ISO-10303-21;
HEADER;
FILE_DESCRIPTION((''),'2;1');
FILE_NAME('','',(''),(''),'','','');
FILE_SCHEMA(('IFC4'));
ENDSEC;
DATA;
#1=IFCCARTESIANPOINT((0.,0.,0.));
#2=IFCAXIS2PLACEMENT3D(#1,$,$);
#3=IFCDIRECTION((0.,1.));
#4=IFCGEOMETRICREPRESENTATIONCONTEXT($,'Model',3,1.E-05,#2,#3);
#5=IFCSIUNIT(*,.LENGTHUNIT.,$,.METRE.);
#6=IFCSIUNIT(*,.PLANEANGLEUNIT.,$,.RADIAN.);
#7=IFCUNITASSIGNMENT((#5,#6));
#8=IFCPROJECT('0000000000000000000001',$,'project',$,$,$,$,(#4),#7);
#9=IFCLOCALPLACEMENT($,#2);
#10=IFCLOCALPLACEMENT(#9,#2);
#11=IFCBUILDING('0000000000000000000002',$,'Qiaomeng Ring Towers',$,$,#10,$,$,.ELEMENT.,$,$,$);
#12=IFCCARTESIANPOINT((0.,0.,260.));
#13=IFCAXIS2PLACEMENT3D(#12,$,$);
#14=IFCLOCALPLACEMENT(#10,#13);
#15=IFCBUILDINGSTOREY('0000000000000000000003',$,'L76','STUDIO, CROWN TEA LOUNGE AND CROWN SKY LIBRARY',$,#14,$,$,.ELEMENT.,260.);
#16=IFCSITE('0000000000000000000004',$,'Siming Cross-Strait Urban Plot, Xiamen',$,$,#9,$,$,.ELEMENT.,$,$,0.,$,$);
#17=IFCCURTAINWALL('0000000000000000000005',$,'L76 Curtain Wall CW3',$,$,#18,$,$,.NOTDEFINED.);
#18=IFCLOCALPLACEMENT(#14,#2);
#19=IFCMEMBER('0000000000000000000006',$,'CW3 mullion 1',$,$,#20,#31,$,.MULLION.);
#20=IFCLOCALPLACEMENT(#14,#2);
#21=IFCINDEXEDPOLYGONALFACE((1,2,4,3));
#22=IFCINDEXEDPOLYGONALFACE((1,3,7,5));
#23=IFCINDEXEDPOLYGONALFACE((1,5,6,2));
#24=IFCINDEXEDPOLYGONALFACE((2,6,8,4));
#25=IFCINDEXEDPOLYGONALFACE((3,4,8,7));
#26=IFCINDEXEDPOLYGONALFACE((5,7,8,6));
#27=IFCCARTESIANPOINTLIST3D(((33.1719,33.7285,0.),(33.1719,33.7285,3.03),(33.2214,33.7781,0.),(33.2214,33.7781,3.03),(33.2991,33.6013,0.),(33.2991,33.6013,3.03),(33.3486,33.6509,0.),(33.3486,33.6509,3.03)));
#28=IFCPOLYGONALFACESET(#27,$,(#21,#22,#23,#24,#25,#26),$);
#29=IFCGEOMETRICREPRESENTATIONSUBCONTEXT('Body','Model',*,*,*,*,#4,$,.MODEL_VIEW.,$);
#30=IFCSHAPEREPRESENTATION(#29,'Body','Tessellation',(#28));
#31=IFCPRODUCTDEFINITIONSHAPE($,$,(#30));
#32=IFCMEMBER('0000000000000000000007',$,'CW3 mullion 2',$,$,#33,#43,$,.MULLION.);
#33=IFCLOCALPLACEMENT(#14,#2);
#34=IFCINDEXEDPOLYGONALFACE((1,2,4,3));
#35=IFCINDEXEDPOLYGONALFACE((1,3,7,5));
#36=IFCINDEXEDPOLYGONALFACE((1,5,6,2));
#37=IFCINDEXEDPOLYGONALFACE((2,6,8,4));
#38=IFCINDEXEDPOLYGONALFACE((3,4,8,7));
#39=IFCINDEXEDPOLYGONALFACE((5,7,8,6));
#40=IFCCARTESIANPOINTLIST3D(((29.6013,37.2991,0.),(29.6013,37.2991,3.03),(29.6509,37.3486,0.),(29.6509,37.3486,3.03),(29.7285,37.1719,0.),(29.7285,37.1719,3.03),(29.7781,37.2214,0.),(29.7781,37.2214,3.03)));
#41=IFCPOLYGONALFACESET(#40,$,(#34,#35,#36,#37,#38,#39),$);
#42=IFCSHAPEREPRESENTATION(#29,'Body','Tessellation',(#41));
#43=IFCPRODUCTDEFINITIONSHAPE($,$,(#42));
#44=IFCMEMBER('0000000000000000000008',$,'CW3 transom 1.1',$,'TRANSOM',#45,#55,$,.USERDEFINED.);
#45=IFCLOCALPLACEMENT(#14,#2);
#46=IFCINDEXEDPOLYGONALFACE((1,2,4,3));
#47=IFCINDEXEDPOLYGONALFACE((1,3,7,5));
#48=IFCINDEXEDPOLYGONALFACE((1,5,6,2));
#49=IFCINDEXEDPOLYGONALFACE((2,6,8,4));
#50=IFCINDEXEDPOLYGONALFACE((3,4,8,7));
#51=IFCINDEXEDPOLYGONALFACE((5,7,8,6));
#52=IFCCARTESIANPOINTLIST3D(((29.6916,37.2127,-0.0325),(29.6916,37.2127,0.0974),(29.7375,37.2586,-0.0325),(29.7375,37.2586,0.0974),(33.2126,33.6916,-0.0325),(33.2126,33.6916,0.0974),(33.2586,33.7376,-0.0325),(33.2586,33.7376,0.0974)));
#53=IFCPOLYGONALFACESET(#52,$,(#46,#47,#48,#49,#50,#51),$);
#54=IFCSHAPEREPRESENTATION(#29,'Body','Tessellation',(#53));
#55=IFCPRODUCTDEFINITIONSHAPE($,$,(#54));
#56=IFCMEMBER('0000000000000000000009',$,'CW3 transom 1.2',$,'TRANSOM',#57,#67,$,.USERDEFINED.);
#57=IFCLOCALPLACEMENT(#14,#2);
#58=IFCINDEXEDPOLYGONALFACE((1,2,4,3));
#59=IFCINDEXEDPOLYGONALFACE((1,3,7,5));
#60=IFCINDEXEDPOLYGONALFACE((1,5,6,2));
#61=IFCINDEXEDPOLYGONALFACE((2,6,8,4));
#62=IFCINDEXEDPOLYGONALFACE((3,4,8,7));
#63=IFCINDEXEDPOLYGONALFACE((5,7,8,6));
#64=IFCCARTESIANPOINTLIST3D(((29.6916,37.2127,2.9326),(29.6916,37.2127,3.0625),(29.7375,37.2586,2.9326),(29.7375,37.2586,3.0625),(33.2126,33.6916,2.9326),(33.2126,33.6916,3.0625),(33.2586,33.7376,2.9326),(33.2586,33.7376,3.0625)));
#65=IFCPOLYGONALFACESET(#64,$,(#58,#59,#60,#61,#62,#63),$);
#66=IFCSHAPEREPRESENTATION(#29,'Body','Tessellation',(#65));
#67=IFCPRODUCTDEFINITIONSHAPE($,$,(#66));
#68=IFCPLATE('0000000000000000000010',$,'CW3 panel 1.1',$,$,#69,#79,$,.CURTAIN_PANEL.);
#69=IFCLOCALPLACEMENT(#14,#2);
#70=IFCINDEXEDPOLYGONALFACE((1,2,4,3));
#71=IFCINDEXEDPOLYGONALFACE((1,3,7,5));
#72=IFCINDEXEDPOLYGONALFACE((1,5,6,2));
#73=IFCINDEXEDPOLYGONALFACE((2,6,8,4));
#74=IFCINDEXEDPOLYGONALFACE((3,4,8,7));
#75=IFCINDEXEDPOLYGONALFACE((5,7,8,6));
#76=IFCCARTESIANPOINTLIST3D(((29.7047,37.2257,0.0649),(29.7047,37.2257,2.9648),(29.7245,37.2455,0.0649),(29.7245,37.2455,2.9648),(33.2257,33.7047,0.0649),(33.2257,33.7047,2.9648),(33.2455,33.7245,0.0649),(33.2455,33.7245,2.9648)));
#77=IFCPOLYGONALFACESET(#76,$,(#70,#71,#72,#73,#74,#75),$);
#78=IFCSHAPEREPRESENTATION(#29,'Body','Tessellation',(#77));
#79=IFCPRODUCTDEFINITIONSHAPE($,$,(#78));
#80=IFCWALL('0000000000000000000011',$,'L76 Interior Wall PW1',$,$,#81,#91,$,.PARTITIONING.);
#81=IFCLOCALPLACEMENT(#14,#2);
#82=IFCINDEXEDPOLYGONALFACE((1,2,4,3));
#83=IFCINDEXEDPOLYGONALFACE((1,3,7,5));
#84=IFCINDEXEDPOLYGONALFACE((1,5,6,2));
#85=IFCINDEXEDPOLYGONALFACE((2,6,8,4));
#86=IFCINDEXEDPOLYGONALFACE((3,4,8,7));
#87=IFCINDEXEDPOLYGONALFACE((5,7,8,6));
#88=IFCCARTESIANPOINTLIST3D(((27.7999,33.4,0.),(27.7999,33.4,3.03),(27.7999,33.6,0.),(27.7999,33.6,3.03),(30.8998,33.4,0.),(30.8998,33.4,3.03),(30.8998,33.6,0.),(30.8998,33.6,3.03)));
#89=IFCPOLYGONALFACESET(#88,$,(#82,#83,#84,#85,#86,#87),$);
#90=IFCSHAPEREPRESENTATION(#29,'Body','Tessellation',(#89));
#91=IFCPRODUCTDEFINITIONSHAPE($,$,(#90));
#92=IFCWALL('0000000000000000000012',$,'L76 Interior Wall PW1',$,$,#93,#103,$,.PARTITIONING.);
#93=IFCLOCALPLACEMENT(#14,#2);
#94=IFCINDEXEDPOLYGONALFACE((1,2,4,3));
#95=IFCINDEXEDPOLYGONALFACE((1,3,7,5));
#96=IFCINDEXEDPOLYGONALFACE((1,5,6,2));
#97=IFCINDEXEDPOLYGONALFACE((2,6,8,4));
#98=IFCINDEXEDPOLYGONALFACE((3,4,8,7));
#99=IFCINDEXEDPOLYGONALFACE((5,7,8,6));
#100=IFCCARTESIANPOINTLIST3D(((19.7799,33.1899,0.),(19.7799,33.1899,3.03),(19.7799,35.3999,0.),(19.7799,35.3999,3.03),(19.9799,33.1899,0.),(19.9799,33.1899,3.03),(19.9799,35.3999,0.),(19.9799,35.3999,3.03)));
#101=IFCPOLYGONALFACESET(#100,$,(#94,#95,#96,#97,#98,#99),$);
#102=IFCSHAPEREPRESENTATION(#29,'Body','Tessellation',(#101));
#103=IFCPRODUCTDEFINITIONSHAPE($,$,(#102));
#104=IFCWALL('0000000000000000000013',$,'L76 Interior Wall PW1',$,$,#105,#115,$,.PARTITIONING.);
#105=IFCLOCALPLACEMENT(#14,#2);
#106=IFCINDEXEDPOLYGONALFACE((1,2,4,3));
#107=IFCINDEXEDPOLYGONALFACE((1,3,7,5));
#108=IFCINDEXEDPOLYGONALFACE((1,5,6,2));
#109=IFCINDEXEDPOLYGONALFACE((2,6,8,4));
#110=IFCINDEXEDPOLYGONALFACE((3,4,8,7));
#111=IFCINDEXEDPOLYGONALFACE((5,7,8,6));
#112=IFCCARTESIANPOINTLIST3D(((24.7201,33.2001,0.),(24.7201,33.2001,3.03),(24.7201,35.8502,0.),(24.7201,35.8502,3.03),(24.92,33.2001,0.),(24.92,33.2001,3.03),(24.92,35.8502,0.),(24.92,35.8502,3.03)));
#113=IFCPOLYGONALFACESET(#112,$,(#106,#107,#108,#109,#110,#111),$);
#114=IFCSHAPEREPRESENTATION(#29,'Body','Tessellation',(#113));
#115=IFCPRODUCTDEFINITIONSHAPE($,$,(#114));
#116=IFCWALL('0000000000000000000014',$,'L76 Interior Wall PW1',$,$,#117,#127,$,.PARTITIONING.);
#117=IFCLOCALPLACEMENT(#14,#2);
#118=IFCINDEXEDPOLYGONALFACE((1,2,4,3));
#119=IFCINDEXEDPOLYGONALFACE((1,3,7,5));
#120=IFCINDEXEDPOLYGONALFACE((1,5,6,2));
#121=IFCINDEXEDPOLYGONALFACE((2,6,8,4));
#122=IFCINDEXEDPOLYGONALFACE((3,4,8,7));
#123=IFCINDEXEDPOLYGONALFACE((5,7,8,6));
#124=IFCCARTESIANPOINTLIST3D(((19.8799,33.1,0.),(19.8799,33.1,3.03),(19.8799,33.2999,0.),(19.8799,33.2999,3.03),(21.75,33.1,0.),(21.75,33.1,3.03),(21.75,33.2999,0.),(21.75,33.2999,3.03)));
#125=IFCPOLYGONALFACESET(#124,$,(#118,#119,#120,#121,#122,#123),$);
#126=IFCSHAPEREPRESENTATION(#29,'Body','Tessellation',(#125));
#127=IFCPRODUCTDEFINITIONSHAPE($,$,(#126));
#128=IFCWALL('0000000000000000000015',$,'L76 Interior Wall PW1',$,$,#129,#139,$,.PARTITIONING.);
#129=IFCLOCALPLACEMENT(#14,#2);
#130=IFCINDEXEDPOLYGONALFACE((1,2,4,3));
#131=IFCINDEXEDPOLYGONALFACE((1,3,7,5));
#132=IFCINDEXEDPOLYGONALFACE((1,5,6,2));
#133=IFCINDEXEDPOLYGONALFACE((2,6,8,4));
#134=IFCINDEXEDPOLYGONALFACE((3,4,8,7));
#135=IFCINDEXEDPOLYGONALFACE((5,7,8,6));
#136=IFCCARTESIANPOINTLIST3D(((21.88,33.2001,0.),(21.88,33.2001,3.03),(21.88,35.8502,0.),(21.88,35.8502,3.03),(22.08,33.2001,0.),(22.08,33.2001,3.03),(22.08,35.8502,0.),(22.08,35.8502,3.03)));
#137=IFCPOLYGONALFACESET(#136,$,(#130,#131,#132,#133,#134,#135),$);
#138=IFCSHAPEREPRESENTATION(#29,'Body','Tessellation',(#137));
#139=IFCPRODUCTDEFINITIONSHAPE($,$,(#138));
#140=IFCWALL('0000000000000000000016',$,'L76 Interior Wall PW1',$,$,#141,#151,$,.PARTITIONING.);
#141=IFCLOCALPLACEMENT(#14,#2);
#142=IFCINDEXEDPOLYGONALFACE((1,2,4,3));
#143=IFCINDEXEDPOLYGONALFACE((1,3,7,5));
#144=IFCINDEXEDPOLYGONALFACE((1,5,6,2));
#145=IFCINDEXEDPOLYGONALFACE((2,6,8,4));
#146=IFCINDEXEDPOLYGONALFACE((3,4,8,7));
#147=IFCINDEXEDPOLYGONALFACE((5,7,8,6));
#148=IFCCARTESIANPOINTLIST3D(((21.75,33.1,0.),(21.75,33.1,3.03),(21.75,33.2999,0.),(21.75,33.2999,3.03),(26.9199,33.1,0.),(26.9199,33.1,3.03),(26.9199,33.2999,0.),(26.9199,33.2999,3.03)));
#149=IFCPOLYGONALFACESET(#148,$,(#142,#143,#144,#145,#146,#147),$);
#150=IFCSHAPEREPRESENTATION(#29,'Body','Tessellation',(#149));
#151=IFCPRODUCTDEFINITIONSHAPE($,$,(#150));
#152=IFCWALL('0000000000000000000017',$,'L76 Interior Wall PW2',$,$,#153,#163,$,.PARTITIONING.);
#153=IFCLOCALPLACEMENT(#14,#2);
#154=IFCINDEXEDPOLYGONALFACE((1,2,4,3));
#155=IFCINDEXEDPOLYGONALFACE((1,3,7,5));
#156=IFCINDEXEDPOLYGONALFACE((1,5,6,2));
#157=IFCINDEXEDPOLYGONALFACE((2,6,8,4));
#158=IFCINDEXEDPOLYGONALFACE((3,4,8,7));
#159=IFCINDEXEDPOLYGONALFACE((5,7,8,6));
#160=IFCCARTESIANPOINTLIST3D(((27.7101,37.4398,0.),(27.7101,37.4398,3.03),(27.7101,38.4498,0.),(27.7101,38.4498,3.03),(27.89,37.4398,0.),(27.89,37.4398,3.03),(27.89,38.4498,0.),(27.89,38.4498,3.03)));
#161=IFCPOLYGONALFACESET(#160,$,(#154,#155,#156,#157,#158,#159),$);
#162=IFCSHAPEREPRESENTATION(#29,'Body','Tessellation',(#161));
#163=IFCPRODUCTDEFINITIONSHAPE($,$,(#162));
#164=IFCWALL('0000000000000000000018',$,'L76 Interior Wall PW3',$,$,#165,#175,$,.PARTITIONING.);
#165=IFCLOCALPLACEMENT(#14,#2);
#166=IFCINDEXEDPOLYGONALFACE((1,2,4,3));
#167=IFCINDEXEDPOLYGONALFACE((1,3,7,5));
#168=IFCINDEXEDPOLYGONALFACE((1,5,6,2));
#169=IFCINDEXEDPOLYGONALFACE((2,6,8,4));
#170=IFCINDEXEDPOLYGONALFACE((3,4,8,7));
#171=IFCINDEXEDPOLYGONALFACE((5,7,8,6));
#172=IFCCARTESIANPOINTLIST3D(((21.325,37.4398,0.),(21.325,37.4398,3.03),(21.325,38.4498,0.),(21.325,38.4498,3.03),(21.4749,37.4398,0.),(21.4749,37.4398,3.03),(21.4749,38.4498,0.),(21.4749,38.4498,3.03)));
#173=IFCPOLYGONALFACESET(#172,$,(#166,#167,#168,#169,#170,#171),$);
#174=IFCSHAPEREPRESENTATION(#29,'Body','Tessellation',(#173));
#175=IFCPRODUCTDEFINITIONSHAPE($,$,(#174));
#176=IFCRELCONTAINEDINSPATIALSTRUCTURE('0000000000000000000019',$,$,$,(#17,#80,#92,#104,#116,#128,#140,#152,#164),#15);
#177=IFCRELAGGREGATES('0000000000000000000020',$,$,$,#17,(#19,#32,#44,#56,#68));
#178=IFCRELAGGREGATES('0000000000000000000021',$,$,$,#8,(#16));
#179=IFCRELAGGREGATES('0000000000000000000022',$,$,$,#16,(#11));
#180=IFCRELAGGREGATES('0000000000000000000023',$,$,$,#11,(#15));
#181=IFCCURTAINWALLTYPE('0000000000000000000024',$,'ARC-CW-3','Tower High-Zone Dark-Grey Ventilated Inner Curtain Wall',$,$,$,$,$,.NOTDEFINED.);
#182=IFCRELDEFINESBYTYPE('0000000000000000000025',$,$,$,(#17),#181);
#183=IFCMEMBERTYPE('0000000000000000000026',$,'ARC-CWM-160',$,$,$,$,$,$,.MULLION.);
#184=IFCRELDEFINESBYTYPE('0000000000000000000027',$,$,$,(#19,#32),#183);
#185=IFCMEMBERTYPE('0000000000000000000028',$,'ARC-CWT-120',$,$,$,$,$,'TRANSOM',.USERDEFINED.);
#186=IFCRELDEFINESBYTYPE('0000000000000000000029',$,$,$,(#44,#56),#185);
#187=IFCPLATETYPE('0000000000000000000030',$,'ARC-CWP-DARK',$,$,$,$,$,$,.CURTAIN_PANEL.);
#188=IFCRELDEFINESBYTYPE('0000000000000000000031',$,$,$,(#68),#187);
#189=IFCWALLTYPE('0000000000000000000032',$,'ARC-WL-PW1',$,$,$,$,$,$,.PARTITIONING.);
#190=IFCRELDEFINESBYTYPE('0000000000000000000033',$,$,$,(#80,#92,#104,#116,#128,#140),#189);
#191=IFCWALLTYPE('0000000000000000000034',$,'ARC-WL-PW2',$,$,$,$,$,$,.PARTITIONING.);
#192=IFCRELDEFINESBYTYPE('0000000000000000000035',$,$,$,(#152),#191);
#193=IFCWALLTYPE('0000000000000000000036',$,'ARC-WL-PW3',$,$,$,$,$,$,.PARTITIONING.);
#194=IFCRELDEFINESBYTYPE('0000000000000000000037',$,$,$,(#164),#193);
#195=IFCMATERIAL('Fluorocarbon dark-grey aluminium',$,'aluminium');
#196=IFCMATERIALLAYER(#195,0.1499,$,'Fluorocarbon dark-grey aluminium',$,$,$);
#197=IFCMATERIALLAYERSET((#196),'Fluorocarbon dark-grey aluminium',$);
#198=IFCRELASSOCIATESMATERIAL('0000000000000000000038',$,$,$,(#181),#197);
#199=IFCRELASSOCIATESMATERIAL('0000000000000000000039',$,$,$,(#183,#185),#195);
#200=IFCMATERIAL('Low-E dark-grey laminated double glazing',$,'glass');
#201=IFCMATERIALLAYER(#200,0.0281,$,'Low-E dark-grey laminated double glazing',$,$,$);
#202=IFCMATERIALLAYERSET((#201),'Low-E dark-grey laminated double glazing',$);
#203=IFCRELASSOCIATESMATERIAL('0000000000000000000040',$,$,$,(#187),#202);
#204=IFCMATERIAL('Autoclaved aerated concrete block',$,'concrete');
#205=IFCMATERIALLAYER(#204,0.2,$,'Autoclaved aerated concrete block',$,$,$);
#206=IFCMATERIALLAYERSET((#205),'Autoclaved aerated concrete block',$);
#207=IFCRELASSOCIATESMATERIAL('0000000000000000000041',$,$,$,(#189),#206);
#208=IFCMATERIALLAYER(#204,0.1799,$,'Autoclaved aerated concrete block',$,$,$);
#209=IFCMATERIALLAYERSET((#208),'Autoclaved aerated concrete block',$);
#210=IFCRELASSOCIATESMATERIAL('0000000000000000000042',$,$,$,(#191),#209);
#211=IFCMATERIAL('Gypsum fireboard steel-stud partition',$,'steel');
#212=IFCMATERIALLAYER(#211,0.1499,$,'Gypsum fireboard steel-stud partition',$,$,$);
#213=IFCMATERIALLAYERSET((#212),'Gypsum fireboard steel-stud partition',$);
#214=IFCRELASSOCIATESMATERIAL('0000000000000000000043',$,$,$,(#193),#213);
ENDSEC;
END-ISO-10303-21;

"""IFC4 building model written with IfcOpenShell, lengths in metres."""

from ifc_helpers import new_model, si_unit, direction, frame, frame_2d, origin, origin_2d, place, context, subcontext, project, spatial, rectangle, extrude, source, transform, mapped, material, layer, layer_set, material_profile, profile_set, type_object, element, aggregate, save


model = new_model("IFC4")

# Units and contexts
model_context = context("Model", 3, precision=1e-05, world=origin(), true_north=direction((0.0, 1.0)))
body_context = subcontext(model_context, "Body", "Model", "MODEL_VIEW")
ifc_project = project(units=[si_unit("LENGTHUNIT", "METRE"), si_unit("PLANEANGLEUNIT", "RADIAN")], contexts=[model_context])

# Site, building, storey
site_placement = place(None, origin())
site = spatial("IfcSite", under=ifc_project, at=site_placement, Name="Siming Cross-Strait Urban Plot, Xiamen", CompositionType="ELEMENT", RefElevation=0.0)
building_placement = place(site_placement, origin())
building = spatial("IfcBuilding", under=site, at=building_placement, Name="Qiaomeng Ring Towers", CompositionType="ELEMENT")
storey_placement = place(building_placement, frame((0.0, 0.0, 260.0)))
storey = spatial("IfcBuildingStorey", under=building, at=storey_placement, Name="L76", Description="STUDIO, CROWN TEA LOUNGE AND CROWN SKY LIBRARY", CompositionType="ELEMENT", Elevation=260.0)

# Curtain wall, members, plate
ifc_material_1 = material(Name="Fluorocarbon dark-grey aluminium", Category="aluminium")
ifc_layer_1 = layer(ifc_material_1, 0.1499, Name="Fluorocarbon dark-grey aluminium")
ifc_layer_set_1 = layer_set([ifc_layer_1], Name="Fluorocarbon dark-grey aluminium")
curtain_wall_type = type_object("IfcCurtainWallType", Name="ARC-CW-3", Description="Tower High-Zone Dark-Grey Ventilated Inner Curtain Wall", PredefinedType="NOTDEFINED", material=ifc_layer_set_1)
curtain_wall_placement = place(storey_placement, origin())
curtain_wall = element("IfcCurtainWall", 1, at=curtain_wall_placement, inside=storey, type_object=curtain_wall_type, Name="L76 Curtain Wall CW3", PredefinedType="NOTDEFINED")
ifc_material_profile_1 = material_profile(ifc_material_1, rectangle(XDim=0.0701, YDim=0.1799, at=origin_2d()), Name="ALU MULL 70x180")
ifc_profile_set_1 = profile_set([ifc_material_profile_1], Name="Fluorocarbon dark-grey aluminium")
member_type_1 = type_object("IfcMemberType", Name="ARC-CWM-160", PredefinedType="MULLION", material=ifc_profile_set_1)
shared_shape_1 = source(origin(), body_context, "Body", "SweptSolid", [
    extrude(rectangle(XDim=0.0701, YDim=0.1799, at=origin_2d()), origin(), (0.0, 0.0, 1.0), 3.03),
])
member_1_placement = place(storey_placement, frame((33.2603, 33.6897, 0.0), z_axis=(0.0, 0.0, 1.0), x_axis=(-0.707107, -0.707107, 0.0)))
member_1 = element("IfcMember", 2, at=member_1_placement, type_object=member_type_1, Name="CW3 mullion 1", PredefinedType="MULLION", context=body_context, shape_type="MappedRepresentation", body=[
    mapped(shared_shape_1, transform((0.0, 0.0, 0.0), x_axis=(1.0, 0.0, 0.0), y_axis=(0.0, 1.0, 0.0), z_axis=(0.0, 0.0, 1.0), scale=1.0)),
])
member_2_placement = place(storey_placement, frame((29.6897, 37.2603, 0.0), z_axis=(0.0, 0.0, 1.0), x_axis=(-0.707107, -0.707107, 0.0)))
member_2 = element("IfcMember", 3, at=member_2_placement, type_object=member_type_1, Name="CW3 mullion 2", PredefinedType="MULLION", context=body_context, shape_type="MappedRepresentation", body=[
    mapped(shared_shape_1, transform((0.0, 0.0, 0.0), x_axis=(1.0, 0.0, 0.0), y_axis=(0.0, 1.0, 0.0), z_axis=(0.0, 0.0, 1.0), scale=1.0)),
])
ifc_material_profile_2 = material_profile(ifc_material_1, rectangle(XDim=0.0649, YDim=0.1299, at=origin_2d()), Name="ALU TRAN 65x130")
ifc_profile_set_2 = profile_set([ifc_material_profile_2], Name="Fluorocarbon dark-grey aluminium")
member_type_2 = type_object("IfcMemberType", Name="ARC-CWT-120", ElementType="TRANSOM", PredefinedType="USERDEFINED", material=ifc_profile_set_2)
shared_shape_2 = source(origin(), body_context, "Body", "SweptSolid", [
    extrude(rectangle(XDim=0.0649, YDim=0.1299, at=origin_2d()), origin(), (0.0, 0.0, 1.0), 4.9795),
])
member_3_placement = place(storey_placement, frame((33.2356, 33.7146, 0.0325), z_axis=(-0.707107, 0.707107, 0.0), x_axis=(-0.707107, -0.707107, 0.0)))
member_3 = element("IfcMember", 4, at=member_3_placement, type_object=member_type_2, Name="CW3 transom 1.1", ObjectType="TRANSOM", PredefinedType="USERDEFINED", context=body_context, shape_type="MappedRepresentation", body=[
    mapped(shared_shape_2, transform((0.0, 0.0, 0.0), x_axis=(1.0, 0.0, 0.0), y_axis=(0.0, 1.0, 0.0), z_axis=(0.0, 0.0, 1.0), scale=1.0)),
])
member_4_placement = place(storey_placement, frame((33.2356, 33.7146, 2.9976), z_axis=(-0.707107, 0.707107, 0.0), x_axis=(-0.707107, -0.707107, 0.0)))
member_4 = element("IfcMember", 5, at=member_4_placement, type_object=member_type_2, Name="CW3 transom 1.2", ObjectType="TRANSOM", PredefinedType="USERDEFINED", context=body_context, shape_type="MappedRepresentation", body=[
    mapped(shared_shape_2, transform((0.0, 0.0, 0.0), x_axis=(1.0, 0.0, 0.0), y_axis=(0.0, 1.0, 0.0), z_axis=(0.0, 0.0, 1.0), scale=1.0)),
])
ifc_material_2 = material(Name="Low-E dark-grey laminated double glazing", Category="glass")
ifc_layer_2 = layer(ifc_material_2, 0.0281, Name="Low-E dark-grey laminated double glazing")
ifc_layer_set_2 = layer_set([ifc_layer_2], Name="Low-E dark-grey laminated double glazing")
plate_type = type_object("IfcPlateType", Name="ARC-CWP-DARK", PredefinedType="CURTAIN_PANEL", material=ifc_layer_set_2)
shared_shape_3 = source(origin(), body_context, "Body", "SweptSolid", [
    extrude(rectangle(XDim=4.9795, YDim=0.0281, at=origin_2d()), origin(), (0.0, 0.0, 1.0), 2.8999),
])
plate_placement = place(storey_placement, frame((31.4751, 35.4751, 0.0649), z_axis=(0.0, 0.0, 1.0), x_axis=(-0.707107, 0.707107, 0.0)))
plate = element("IfcPlate", 6, at=plate_placement, type_object=plate_type, Name="CW3 panel 1.1", PredefinedType="CURTAIN_PANEL", context=body_context, shape_type="MappedRepresentation", body=[
    mapped(shared_shape_3, transform((0.0, 0.0, 0.0), x_axis=(1.0, 0.0, 0.0), y_axis=(0.0, 1.0, 0.0), z_axis=(0.0, 0.0, 1.0), scale=1.0)),
])
aggregate(curtain_wall, [member_1, member_2, member_3, member_4, plate])

# Walls
ifc_material_3 = material(Name="Autoclaved aerated concrete block", Category="concrete")
ifc_layer_3 = layer(ifc_material_3, 0.2, Name="Autoclaved aerated concrete block")
ifc_layer_set_3 = layer_set([ifc_layer_3], Name="Autoclaved aerated concrete block")
wall_type_1 = type_object("IfcWallType", Name="ARC-WL-PW1", PredefinedType="PARTITIONING", material=ifc_layer_set_3)
wall_1_placement = place(storey_placement, frame((27.8, 33.5, 0.0), z_axis=(0.0, 0.0, 1.0), x_axis=(1.0, 0.0, 0.0)))
element("IfcWall", 7, at=wall_1_placement, inside=storey, type_object=wall_type_1, Name="L76 Interior Wall PW1", PredefinedType="PARTITIONING", context=body_context, shape_type="SweptSolid", body=[
    extrude(rectangle(XDim=3.0999, YDim=0.2, at=frame_2d((1.5498, 0.0))), origin(), (0.0, 0.0, 1.0), 3.03),
])
wall_2_placement = place(storey_placement, frame((19.8799, 33.1899, 0.0), z_axis=(0.0, 0.0, 1.0), x_axis=(0.0, 1.0, 0.0)))
element("IfcWall", 8, at=wall_2_placement, inside=storey, type_object=wall_type_1, Name="L76 Interior Wall PW1", PredefinedType="PARTITIONING", context=body_context, shape_type="SweptSolid", body=[
    extrude(rectangle(XDim=2.21, YDim=0.2, at=frame_2d((1.105, 0.0))), origin(), (0.0, 0.0, 1.0), 3.03),
])
wall_3_placement = place(storey_placement, frame((24.8201, 33.2, 0.0), z_axis=(0.0, 0.0, 1.0), x_axis=(0.0, 1.0, 0.0)))
element("IfcWall", 9, at=wall_3_placement, inside=storey, type_object=wall_type_1, Name="L76 Interior Wall PW1", PredefinedType="PARTITIONING", context=body_context, shape_type="SweptSolid", body=[
    extrude(rectangle(XDim=2.6501, YDim=0.2, at=frame_2d((1.3252, 0.0))), origin(), (0.0, 0.0, 1.0), 3.03),
])
wall_4_placement = place(storey_placement, frame((19.8799, 33.2, 0.0), z_axis=(0.0, 0.0, 1.0), x_axis=(1.0, 0.0, 0.0)))
element("IfcWall", 10, at=wall_4_placement, inside=storey, type_object=wall_type_1, Name="L76 Interior Wall PW1", PredefinedType="PARTITIONING", context=body_context, shape_type="SweptSolid", body=[
    extrude(rectangle(XDim=1.8701, YDim=0.2, at=frame_2d((0.9351, 0.0))), origin(), (0.0, 0.0, 1.0), 3.03),
])
wall_5_placement = place(storey_placement, frame((21.98, 33.2, 0.0), z_axis=(0.0, 0.0, 1.0), x_axis=(0.0, 1.0, 0.0)))
element("IfcWall", 11, at=wall_5_placement, inside=storey, type_object=wall_type_1, Name="L76 Interior Wall PW1", PredefinedType="PARTITIONING", context=body_context, shape_type="SweptSolid", body=[
    extrude(rectangle(XDim=2.6501, YDim=0.2, at=frame_2d((1.3252, 0.0))), origin(), (0.0, 0.0, 1.0), 3.03),
])
wall_6_placement = place(storey_placement, frame((21.75, 33.2, 0.0), z_axis=(0.0, 0.0, 1.0), x_axis=(1.0, 0.0, 0.0)))
element("IfcWall", 12, at=wall_6_placement, inside=storey, type_object=wall_type_1, Name="L76 Interior Wall PW1", PredefinedType="PARTITIONING", context=body_context, shape_type="SweptSolid", body=[
    extrude(rectangle(XDim=5.1699, YDim=0.2, at=frame_2d((2.585, 0.0))), origin(), (0.0, 0.0, 1.0), 3.03),
])
ifc_layer_4 = layer(ifc_material_3, 0.1799, Name="Autoclaved aerated concrete block")
ifc_layer_set_4 = layer_set([ifc_layer_4], Name="Autoclaved aerated concrete block")
wall_type_2 = type_object("IfcWallType", Name="ARC-WL-PW2", PredefinedType="PARTITIONING", material=ifc_layer_set_4)
wall_7_placement = place(storey_placement, frame((27.8, 37.4399, 0.0), z_axis=(0.0, 0.0, 1.0), x_axis=(0.0, 1.0, 0.0)))
element("IfcWall", 13, at=wall_7_placement, inside=storey, type_object=wall_type_2, Name="L76 Interior Wall PW2", PredefinedType="PARTITIONING", context=body_context, shape_type="SweptSolid", body=[
    extrude(rectangle(XDim=1.01, YDim=0.1799, at=frame_2d((0.5049, 0.0))), origin(), (0.0, 0.0, 1.0), 3.03),
])
ifc_material_4 = material(Name="Gypsum fireboard steel-stud partition", Category="steel")
ifc_layer_5 = layer(ifc_material_4, 0.1499, Name="Gypsum fireboard steel-stud partition")
ifc_layer_set_5 = layer_set([ifc_layer_5], Name="Gypsum fireboard steel-stud partition")
wall_type_3 = type_object("IfcWallType", Name="ARC-WL-PW3", PredefinedType="PARTITIONING", material=ifc_layer_set_5)
wall_8_placement = place(storey_placement, frame((21.3999, 37.4399, 0.0), z_axis=(0.0, 0.0, 1.0), x_axis=(0.0, 1.0, 0.0)))
element("IfcWall", 14, at=wall_8_placement, inside=storey, type_object=wall_type_3, Name="L76 Interior Wall PW3", PredefinedType="PARTITIONING", context=body_context, shape_type="SweptSolid", body=[
    extrude(rectangle(XDim=1.01, YDim=0.1499, at=frame_2d((0.5049, 0.0))), origin(), (0.0, 0.0, 1.0), 3.03),
])

save(model, "model.ifc")
